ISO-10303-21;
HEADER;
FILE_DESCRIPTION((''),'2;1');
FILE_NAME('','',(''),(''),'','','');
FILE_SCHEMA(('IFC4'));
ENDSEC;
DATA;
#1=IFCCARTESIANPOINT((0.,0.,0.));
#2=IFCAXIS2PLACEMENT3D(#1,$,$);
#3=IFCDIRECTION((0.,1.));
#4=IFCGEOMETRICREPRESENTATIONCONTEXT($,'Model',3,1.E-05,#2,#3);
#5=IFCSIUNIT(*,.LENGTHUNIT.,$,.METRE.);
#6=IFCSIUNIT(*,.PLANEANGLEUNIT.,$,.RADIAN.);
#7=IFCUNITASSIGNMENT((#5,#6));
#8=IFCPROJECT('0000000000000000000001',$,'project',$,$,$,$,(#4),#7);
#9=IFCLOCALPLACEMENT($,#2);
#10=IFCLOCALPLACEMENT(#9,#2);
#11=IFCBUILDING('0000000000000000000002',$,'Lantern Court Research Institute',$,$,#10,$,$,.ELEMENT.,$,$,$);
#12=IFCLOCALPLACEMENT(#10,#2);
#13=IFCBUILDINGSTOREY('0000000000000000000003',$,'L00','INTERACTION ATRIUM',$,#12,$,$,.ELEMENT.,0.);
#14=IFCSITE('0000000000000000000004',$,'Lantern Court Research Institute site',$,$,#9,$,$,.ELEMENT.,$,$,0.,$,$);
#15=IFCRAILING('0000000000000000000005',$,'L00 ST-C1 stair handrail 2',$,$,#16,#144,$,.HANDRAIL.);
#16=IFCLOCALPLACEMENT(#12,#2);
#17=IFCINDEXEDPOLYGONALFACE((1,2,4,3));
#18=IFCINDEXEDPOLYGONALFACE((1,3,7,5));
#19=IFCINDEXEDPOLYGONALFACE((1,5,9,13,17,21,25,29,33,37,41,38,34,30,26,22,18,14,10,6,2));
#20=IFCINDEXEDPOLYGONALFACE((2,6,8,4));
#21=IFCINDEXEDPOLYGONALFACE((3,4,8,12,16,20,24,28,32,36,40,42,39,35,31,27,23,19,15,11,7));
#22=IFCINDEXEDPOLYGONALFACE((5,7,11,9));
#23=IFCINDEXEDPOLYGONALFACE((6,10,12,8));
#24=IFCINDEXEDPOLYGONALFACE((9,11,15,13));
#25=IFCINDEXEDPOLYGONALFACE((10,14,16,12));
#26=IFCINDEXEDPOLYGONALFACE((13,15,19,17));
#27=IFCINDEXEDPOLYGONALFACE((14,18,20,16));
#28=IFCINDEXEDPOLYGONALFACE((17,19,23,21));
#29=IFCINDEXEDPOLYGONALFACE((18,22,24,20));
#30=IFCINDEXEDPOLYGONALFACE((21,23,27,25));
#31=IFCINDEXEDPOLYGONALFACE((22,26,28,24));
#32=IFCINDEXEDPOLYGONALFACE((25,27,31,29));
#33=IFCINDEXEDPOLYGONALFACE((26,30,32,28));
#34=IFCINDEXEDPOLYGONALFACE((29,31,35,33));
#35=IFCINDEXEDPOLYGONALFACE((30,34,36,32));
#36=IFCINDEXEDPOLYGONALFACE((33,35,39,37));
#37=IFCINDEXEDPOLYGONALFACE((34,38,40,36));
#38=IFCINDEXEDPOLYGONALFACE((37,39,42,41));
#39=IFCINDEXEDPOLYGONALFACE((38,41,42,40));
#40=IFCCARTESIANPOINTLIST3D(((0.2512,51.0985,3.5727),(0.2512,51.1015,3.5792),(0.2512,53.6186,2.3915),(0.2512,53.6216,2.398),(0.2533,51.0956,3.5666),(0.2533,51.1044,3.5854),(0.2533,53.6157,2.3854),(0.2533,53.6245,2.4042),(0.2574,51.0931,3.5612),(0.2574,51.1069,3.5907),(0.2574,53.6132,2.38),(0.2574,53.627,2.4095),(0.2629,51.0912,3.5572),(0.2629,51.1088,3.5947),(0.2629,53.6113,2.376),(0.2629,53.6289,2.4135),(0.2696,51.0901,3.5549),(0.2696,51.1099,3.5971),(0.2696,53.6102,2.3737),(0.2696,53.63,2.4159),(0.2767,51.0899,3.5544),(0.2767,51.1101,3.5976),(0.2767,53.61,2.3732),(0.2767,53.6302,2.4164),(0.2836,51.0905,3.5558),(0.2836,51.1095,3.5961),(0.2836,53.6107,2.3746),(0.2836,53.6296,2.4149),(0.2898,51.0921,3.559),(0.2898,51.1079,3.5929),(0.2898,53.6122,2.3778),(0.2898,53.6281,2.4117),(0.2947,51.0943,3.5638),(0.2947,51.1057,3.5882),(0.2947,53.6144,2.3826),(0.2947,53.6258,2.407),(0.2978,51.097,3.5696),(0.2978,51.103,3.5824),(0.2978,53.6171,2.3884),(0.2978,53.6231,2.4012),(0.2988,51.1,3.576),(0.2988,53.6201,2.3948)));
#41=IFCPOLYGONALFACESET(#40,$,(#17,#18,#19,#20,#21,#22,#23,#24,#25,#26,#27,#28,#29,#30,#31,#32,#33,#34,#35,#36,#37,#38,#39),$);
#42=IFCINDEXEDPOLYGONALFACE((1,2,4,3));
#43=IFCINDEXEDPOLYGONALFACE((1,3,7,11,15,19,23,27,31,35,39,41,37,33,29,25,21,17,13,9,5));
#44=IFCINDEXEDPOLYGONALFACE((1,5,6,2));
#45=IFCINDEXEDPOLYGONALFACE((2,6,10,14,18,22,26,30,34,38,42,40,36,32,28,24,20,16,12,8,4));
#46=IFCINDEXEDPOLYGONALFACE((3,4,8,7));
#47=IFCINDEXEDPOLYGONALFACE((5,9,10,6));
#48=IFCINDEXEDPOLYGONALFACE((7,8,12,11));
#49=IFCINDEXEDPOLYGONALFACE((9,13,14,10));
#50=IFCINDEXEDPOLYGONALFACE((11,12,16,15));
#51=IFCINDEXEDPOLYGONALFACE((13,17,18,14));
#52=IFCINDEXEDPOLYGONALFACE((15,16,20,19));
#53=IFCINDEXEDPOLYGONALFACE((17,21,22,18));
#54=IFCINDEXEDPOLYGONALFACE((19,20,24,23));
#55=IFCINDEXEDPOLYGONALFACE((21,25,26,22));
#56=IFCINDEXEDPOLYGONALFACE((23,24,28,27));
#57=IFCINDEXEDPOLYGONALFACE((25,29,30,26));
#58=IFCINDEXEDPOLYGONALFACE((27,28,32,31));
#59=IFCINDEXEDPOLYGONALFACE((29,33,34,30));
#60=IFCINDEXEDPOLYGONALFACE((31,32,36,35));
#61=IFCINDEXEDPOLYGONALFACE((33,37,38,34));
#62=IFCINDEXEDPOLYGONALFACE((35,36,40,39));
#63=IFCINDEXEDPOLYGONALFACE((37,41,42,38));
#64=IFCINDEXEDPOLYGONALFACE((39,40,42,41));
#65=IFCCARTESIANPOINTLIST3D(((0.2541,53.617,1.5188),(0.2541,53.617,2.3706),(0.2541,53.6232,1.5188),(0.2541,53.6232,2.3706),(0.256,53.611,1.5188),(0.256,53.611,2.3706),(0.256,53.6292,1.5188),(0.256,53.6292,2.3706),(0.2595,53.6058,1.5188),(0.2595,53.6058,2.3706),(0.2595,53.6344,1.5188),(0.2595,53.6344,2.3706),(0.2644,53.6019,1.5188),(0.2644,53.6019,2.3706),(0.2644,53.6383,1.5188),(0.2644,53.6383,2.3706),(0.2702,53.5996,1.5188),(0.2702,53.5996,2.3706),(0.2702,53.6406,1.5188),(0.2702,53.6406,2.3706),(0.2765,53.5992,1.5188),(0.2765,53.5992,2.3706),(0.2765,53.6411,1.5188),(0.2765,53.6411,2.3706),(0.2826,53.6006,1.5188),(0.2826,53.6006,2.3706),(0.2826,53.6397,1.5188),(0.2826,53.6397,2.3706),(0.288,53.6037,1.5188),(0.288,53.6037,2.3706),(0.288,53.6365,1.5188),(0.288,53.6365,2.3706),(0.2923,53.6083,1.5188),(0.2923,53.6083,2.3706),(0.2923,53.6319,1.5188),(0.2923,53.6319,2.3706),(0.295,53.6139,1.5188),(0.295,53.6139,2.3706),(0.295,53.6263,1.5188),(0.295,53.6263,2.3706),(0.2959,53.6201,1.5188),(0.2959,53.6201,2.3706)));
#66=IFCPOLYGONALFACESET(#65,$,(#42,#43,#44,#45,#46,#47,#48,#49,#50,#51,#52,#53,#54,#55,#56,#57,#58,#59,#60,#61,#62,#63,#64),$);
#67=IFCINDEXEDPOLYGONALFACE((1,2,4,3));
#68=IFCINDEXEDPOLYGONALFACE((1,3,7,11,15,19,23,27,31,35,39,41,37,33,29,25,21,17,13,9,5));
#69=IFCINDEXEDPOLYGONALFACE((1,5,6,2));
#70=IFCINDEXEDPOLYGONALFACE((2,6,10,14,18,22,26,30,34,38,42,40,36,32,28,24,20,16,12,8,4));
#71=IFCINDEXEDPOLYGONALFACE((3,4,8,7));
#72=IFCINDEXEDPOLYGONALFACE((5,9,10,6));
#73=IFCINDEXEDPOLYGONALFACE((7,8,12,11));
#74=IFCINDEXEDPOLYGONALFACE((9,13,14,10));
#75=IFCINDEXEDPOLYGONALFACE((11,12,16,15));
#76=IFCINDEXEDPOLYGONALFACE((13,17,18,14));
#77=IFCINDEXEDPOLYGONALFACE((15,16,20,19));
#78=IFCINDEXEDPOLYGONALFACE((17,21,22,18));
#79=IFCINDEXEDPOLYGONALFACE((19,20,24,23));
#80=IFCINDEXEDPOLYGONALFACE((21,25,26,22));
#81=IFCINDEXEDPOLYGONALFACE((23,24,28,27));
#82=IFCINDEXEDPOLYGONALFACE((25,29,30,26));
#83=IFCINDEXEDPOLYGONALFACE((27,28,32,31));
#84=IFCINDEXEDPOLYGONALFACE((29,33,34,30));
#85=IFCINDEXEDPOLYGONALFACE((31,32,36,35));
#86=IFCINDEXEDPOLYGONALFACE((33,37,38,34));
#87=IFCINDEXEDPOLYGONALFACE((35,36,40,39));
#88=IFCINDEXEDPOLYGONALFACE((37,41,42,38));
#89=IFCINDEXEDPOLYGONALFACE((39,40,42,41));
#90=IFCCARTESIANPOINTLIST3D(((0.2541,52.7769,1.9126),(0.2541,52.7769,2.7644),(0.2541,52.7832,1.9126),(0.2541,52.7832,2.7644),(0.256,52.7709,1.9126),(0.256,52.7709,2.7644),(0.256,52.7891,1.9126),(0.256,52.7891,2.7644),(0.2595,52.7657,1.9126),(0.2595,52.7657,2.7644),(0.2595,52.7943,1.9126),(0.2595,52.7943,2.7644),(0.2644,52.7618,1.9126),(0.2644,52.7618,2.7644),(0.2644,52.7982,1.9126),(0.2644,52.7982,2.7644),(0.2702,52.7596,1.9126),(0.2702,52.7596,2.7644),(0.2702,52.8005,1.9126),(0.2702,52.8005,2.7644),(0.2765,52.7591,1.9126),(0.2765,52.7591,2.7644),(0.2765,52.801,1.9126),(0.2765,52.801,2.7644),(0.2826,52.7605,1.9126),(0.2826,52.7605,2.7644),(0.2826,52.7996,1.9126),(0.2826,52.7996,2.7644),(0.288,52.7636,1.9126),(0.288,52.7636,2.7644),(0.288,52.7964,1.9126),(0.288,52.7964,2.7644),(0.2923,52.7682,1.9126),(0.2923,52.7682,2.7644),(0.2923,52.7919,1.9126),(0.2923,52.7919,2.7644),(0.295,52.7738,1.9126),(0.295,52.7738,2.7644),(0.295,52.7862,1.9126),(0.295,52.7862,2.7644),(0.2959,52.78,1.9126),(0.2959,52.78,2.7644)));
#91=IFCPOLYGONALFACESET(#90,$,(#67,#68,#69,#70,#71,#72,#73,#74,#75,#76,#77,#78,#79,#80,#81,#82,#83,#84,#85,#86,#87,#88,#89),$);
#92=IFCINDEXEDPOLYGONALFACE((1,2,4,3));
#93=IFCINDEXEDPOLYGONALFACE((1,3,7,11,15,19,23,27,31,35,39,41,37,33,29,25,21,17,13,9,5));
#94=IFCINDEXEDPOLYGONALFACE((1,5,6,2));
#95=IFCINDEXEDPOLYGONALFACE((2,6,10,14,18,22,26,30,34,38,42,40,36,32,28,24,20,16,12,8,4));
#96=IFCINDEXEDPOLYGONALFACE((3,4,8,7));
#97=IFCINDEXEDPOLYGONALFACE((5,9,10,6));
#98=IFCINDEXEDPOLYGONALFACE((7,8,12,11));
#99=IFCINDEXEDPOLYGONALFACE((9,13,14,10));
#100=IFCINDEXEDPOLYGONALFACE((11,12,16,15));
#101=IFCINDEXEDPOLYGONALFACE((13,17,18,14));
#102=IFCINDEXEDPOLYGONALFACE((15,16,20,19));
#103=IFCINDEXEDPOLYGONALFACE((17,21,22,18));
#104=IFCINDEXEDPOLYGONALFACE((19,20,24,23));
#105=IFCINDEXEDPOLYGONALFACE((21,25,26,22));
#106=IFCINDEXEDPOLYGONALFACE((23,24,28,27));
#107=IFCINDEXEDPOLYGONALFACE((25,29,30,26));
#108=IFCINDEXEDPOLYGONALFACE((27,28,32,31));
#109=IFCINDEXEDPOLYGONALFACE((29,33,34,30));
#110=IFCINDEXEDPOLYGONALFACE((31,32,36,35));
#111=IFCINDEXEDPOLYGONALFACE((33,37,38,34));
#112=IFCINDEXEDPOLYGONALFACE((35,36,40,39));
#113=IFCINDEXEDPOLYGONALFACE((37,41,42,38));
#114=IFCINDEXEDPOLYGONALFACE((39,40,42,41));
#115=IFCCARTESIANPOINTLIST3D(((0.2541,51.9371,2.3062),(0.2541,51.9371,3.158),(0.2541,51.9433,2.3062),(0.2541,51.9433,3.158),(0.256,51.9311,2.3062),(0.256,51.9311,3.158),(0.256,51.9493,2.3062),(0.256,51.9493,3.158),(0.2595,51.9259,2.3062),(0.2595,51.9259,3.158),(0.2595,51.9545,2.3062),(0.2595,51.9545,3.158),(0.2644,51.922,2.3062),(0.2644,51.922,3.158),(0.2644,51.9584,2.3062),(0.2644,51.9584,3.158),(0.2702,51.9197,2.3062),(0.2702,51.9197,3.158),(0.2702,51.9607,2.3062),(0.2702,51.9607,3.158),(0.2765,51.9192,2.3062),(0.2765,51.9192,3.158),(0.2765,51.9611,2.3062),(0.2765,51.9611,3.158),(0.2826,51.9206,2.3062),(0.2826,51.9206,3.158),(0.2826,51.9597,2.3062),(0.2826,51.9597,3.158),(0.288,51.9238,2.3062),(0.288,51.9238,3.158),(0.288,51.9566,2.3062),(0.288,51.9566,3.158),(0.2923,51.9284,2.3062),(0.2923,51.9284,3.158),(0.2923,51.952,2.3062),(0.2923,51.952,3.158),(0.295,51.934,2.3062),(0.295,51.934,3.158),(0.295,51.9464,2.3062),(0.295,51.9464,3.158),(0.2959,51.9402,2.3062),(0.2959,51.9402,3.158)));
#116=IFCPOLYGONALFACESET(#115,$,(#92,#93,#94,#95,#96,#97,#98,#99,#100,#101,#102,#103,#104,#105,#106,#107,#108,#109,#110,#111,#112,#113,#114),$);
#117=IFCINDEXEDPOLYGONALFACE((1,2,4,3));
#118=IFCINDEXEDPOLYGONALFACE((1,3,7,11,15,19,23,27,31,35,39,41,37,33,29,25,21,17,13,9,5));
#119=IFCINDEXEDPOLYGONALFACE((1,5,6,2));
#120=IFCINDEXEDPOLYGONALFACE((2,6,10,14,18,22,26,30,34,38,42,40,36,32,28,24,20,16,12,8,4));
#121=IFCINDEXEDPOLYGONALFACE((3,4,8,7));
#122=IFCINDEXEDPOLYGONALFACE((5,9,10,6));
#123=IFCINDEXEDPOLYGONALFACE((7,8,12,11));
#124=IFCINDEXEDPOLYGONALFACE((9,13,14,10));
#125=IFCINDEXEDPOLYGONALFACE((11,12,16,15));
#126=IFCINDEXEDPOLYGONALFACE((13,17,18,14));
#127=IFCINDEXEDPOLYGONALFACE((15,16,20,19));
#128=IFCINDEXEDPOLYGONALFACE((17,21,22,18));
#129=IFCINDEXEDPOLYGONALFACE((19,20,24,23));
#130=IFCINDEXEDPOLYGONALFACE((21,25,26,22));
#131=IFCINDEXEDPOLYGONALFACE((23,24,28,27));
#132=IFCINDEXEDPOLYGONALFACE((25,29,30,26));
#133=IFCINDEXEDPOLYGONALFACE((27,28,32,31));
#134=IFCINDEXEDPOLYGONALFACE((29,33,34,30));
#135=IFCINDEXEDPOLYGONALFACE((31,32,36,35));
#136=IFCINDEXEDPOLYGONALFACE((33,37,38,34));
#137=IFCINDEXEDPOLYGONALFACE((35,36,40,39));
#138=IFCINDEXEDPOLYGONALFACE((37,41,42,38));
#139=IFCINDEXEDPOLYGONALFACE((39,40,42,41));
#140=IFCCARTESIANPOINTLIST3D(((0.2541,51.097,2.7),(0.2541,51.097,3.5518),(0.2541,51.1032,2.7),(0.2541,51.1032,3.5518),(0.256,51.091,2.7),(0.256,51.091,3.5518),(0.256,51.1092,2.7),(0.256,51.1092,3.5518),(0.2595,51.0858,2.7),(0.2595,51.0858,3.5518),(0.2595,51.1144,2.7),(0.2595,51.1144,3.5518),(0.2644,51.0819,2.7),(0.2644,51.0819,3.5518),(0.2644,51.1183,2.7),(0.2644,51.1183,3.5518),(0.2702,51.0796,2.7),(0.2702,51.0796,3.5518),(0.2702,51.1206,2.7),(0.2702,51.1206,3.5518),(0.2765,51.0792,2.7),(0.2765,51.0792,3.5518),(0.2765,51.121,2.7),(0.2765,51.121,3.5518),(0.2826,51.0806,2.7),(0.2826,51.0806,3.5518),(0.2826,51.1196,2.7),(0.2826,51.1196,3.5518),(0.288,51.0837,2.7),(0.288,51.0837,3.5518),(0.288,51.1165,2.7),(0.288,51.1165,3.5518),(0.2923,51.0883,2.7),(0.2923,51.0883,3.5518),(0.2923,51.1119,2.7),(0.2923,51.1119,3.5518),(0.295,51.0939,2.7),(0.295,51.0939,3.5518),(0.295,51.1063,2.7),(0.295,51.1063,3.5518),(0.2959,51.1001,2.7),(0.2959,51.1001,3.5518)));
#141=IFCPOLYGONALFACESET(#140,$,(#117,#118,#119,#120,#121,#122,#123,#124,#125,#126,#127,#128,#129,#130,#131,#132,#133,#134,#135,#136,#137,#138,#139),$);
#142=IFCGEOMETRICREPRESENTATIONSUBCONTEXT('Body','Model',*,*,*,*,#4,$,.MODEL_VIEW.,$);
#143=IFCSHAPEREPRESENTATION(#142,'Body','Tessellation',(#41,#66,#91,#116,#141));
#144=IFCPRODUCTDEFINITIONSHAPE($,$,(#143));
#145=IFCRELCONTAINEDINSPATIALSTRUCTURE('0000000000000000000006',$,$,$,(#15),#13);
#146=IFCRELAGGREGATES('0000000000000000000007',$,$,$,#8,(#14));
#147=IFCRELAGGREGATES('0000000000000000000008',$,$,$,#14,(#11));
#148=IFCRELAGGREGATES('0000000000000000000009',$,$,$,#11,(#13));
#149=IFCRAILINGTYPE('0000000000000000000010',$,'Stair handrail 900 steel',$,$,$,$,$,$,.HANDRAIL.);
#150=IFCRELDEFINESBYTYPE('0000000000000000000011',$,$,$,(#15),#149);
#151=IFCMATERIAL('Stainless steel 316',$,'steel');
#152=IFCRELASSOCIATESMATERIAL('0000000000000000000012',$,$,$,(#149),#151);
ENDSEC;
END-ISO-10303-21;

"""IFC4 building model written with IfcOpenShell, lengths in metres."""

from ifc_helpers import new_model, si_unit, direction, frame, origin, origin_2d, place, context, subcontext, project, spatial, circle, extrude, material, type_object, element, save


model = new_model("IFC4")

# Units and contexts
model_context = context("Model", 3, precision=1e-05, world=origin(), true_north=direction((0.0, 1.0)))
body_context = subcontext(model_context, "Body", "Model", "MODEL_VIEW")
ifc_project = project(units=[si_unit("LENGTHUNIT", "METRE"), si_unit("PLANEANGLEUNIT", "RADIAN")], contexts=[model_context])

# Site, building, storey
site_placement = place(None, origin())
site = spatial("IfcSite", under=ifc_project, at=site_placement, Name="Lantern Court Research Institute site", CompositionType="ELEMENT", RefElevation=0.0)
building_placement = place(site_placement, origin())
building = spatial("IfcBuilding", under=site, at=building_placement, Name="Lantern Court Research Institute", CompositionType="ELEMENT")
storey_placement = place(building_placement, origin())
storey = spatial("IfcBuildingStorey", under=building, at=storey_placement, Name="L00", Description="INTERACTION ATRIUM", CompositionType="ELEMENT", Elevation=0.0)

# Railing
ifc_material_1 = material(Name="Stainless steel 316", Category="steel")
railing_type_1 = type_object("IfcRailingType", Name="Stair handrail 900 steel", PredefinedType="HANDRAIL", material=ifc_material_1)
for number, where, name in (
    (1, (0.2749, 53.6201, 1.5188), "L00 ST-C1 stair handrail 2"),
):
    element("IfcRailing", number, at=place(storey_placement, frame(where)), inside=storey, type_object=railing_type_1, Name=name, PredefinedType="HANDRAIL", context=body_context, shape_type="SweptSolid", body=[
        extrude(circle(Radius=0.0239, at=origin_2d()), frame((0.0, 0.0, 0.876), z_axis=(0.0, -0.905474, 0.424402), x_axis=(1.0, 0.0, 0.0)), (0.0, 0.0, 1.0), 2.7832),
        extrude(circle(Radius=0.021, at=origin_2d()), origin(), (0.0, 0.0, 1.0), 0.8518),
        extrude(circle(Radius=0.021, at=origin_2d()), frame((0.0, -0.8401, 0.3938)), (0.0, 0.0, 1.0), 0.8518),
        extrude(circle(Radius=0.021, at=origin_2d()), frame((0.0, -1.6799, 0.7874)), (0.0, 0.0, 1.0), 0.8518),
        extrude(circle(Radius=0.021, at=origin_2d()), frame((0.0, -2.52, 1.1812)), (0.0, 0.0, 1.0), 0.8518),
    ])

save(model, "model.ifc")
